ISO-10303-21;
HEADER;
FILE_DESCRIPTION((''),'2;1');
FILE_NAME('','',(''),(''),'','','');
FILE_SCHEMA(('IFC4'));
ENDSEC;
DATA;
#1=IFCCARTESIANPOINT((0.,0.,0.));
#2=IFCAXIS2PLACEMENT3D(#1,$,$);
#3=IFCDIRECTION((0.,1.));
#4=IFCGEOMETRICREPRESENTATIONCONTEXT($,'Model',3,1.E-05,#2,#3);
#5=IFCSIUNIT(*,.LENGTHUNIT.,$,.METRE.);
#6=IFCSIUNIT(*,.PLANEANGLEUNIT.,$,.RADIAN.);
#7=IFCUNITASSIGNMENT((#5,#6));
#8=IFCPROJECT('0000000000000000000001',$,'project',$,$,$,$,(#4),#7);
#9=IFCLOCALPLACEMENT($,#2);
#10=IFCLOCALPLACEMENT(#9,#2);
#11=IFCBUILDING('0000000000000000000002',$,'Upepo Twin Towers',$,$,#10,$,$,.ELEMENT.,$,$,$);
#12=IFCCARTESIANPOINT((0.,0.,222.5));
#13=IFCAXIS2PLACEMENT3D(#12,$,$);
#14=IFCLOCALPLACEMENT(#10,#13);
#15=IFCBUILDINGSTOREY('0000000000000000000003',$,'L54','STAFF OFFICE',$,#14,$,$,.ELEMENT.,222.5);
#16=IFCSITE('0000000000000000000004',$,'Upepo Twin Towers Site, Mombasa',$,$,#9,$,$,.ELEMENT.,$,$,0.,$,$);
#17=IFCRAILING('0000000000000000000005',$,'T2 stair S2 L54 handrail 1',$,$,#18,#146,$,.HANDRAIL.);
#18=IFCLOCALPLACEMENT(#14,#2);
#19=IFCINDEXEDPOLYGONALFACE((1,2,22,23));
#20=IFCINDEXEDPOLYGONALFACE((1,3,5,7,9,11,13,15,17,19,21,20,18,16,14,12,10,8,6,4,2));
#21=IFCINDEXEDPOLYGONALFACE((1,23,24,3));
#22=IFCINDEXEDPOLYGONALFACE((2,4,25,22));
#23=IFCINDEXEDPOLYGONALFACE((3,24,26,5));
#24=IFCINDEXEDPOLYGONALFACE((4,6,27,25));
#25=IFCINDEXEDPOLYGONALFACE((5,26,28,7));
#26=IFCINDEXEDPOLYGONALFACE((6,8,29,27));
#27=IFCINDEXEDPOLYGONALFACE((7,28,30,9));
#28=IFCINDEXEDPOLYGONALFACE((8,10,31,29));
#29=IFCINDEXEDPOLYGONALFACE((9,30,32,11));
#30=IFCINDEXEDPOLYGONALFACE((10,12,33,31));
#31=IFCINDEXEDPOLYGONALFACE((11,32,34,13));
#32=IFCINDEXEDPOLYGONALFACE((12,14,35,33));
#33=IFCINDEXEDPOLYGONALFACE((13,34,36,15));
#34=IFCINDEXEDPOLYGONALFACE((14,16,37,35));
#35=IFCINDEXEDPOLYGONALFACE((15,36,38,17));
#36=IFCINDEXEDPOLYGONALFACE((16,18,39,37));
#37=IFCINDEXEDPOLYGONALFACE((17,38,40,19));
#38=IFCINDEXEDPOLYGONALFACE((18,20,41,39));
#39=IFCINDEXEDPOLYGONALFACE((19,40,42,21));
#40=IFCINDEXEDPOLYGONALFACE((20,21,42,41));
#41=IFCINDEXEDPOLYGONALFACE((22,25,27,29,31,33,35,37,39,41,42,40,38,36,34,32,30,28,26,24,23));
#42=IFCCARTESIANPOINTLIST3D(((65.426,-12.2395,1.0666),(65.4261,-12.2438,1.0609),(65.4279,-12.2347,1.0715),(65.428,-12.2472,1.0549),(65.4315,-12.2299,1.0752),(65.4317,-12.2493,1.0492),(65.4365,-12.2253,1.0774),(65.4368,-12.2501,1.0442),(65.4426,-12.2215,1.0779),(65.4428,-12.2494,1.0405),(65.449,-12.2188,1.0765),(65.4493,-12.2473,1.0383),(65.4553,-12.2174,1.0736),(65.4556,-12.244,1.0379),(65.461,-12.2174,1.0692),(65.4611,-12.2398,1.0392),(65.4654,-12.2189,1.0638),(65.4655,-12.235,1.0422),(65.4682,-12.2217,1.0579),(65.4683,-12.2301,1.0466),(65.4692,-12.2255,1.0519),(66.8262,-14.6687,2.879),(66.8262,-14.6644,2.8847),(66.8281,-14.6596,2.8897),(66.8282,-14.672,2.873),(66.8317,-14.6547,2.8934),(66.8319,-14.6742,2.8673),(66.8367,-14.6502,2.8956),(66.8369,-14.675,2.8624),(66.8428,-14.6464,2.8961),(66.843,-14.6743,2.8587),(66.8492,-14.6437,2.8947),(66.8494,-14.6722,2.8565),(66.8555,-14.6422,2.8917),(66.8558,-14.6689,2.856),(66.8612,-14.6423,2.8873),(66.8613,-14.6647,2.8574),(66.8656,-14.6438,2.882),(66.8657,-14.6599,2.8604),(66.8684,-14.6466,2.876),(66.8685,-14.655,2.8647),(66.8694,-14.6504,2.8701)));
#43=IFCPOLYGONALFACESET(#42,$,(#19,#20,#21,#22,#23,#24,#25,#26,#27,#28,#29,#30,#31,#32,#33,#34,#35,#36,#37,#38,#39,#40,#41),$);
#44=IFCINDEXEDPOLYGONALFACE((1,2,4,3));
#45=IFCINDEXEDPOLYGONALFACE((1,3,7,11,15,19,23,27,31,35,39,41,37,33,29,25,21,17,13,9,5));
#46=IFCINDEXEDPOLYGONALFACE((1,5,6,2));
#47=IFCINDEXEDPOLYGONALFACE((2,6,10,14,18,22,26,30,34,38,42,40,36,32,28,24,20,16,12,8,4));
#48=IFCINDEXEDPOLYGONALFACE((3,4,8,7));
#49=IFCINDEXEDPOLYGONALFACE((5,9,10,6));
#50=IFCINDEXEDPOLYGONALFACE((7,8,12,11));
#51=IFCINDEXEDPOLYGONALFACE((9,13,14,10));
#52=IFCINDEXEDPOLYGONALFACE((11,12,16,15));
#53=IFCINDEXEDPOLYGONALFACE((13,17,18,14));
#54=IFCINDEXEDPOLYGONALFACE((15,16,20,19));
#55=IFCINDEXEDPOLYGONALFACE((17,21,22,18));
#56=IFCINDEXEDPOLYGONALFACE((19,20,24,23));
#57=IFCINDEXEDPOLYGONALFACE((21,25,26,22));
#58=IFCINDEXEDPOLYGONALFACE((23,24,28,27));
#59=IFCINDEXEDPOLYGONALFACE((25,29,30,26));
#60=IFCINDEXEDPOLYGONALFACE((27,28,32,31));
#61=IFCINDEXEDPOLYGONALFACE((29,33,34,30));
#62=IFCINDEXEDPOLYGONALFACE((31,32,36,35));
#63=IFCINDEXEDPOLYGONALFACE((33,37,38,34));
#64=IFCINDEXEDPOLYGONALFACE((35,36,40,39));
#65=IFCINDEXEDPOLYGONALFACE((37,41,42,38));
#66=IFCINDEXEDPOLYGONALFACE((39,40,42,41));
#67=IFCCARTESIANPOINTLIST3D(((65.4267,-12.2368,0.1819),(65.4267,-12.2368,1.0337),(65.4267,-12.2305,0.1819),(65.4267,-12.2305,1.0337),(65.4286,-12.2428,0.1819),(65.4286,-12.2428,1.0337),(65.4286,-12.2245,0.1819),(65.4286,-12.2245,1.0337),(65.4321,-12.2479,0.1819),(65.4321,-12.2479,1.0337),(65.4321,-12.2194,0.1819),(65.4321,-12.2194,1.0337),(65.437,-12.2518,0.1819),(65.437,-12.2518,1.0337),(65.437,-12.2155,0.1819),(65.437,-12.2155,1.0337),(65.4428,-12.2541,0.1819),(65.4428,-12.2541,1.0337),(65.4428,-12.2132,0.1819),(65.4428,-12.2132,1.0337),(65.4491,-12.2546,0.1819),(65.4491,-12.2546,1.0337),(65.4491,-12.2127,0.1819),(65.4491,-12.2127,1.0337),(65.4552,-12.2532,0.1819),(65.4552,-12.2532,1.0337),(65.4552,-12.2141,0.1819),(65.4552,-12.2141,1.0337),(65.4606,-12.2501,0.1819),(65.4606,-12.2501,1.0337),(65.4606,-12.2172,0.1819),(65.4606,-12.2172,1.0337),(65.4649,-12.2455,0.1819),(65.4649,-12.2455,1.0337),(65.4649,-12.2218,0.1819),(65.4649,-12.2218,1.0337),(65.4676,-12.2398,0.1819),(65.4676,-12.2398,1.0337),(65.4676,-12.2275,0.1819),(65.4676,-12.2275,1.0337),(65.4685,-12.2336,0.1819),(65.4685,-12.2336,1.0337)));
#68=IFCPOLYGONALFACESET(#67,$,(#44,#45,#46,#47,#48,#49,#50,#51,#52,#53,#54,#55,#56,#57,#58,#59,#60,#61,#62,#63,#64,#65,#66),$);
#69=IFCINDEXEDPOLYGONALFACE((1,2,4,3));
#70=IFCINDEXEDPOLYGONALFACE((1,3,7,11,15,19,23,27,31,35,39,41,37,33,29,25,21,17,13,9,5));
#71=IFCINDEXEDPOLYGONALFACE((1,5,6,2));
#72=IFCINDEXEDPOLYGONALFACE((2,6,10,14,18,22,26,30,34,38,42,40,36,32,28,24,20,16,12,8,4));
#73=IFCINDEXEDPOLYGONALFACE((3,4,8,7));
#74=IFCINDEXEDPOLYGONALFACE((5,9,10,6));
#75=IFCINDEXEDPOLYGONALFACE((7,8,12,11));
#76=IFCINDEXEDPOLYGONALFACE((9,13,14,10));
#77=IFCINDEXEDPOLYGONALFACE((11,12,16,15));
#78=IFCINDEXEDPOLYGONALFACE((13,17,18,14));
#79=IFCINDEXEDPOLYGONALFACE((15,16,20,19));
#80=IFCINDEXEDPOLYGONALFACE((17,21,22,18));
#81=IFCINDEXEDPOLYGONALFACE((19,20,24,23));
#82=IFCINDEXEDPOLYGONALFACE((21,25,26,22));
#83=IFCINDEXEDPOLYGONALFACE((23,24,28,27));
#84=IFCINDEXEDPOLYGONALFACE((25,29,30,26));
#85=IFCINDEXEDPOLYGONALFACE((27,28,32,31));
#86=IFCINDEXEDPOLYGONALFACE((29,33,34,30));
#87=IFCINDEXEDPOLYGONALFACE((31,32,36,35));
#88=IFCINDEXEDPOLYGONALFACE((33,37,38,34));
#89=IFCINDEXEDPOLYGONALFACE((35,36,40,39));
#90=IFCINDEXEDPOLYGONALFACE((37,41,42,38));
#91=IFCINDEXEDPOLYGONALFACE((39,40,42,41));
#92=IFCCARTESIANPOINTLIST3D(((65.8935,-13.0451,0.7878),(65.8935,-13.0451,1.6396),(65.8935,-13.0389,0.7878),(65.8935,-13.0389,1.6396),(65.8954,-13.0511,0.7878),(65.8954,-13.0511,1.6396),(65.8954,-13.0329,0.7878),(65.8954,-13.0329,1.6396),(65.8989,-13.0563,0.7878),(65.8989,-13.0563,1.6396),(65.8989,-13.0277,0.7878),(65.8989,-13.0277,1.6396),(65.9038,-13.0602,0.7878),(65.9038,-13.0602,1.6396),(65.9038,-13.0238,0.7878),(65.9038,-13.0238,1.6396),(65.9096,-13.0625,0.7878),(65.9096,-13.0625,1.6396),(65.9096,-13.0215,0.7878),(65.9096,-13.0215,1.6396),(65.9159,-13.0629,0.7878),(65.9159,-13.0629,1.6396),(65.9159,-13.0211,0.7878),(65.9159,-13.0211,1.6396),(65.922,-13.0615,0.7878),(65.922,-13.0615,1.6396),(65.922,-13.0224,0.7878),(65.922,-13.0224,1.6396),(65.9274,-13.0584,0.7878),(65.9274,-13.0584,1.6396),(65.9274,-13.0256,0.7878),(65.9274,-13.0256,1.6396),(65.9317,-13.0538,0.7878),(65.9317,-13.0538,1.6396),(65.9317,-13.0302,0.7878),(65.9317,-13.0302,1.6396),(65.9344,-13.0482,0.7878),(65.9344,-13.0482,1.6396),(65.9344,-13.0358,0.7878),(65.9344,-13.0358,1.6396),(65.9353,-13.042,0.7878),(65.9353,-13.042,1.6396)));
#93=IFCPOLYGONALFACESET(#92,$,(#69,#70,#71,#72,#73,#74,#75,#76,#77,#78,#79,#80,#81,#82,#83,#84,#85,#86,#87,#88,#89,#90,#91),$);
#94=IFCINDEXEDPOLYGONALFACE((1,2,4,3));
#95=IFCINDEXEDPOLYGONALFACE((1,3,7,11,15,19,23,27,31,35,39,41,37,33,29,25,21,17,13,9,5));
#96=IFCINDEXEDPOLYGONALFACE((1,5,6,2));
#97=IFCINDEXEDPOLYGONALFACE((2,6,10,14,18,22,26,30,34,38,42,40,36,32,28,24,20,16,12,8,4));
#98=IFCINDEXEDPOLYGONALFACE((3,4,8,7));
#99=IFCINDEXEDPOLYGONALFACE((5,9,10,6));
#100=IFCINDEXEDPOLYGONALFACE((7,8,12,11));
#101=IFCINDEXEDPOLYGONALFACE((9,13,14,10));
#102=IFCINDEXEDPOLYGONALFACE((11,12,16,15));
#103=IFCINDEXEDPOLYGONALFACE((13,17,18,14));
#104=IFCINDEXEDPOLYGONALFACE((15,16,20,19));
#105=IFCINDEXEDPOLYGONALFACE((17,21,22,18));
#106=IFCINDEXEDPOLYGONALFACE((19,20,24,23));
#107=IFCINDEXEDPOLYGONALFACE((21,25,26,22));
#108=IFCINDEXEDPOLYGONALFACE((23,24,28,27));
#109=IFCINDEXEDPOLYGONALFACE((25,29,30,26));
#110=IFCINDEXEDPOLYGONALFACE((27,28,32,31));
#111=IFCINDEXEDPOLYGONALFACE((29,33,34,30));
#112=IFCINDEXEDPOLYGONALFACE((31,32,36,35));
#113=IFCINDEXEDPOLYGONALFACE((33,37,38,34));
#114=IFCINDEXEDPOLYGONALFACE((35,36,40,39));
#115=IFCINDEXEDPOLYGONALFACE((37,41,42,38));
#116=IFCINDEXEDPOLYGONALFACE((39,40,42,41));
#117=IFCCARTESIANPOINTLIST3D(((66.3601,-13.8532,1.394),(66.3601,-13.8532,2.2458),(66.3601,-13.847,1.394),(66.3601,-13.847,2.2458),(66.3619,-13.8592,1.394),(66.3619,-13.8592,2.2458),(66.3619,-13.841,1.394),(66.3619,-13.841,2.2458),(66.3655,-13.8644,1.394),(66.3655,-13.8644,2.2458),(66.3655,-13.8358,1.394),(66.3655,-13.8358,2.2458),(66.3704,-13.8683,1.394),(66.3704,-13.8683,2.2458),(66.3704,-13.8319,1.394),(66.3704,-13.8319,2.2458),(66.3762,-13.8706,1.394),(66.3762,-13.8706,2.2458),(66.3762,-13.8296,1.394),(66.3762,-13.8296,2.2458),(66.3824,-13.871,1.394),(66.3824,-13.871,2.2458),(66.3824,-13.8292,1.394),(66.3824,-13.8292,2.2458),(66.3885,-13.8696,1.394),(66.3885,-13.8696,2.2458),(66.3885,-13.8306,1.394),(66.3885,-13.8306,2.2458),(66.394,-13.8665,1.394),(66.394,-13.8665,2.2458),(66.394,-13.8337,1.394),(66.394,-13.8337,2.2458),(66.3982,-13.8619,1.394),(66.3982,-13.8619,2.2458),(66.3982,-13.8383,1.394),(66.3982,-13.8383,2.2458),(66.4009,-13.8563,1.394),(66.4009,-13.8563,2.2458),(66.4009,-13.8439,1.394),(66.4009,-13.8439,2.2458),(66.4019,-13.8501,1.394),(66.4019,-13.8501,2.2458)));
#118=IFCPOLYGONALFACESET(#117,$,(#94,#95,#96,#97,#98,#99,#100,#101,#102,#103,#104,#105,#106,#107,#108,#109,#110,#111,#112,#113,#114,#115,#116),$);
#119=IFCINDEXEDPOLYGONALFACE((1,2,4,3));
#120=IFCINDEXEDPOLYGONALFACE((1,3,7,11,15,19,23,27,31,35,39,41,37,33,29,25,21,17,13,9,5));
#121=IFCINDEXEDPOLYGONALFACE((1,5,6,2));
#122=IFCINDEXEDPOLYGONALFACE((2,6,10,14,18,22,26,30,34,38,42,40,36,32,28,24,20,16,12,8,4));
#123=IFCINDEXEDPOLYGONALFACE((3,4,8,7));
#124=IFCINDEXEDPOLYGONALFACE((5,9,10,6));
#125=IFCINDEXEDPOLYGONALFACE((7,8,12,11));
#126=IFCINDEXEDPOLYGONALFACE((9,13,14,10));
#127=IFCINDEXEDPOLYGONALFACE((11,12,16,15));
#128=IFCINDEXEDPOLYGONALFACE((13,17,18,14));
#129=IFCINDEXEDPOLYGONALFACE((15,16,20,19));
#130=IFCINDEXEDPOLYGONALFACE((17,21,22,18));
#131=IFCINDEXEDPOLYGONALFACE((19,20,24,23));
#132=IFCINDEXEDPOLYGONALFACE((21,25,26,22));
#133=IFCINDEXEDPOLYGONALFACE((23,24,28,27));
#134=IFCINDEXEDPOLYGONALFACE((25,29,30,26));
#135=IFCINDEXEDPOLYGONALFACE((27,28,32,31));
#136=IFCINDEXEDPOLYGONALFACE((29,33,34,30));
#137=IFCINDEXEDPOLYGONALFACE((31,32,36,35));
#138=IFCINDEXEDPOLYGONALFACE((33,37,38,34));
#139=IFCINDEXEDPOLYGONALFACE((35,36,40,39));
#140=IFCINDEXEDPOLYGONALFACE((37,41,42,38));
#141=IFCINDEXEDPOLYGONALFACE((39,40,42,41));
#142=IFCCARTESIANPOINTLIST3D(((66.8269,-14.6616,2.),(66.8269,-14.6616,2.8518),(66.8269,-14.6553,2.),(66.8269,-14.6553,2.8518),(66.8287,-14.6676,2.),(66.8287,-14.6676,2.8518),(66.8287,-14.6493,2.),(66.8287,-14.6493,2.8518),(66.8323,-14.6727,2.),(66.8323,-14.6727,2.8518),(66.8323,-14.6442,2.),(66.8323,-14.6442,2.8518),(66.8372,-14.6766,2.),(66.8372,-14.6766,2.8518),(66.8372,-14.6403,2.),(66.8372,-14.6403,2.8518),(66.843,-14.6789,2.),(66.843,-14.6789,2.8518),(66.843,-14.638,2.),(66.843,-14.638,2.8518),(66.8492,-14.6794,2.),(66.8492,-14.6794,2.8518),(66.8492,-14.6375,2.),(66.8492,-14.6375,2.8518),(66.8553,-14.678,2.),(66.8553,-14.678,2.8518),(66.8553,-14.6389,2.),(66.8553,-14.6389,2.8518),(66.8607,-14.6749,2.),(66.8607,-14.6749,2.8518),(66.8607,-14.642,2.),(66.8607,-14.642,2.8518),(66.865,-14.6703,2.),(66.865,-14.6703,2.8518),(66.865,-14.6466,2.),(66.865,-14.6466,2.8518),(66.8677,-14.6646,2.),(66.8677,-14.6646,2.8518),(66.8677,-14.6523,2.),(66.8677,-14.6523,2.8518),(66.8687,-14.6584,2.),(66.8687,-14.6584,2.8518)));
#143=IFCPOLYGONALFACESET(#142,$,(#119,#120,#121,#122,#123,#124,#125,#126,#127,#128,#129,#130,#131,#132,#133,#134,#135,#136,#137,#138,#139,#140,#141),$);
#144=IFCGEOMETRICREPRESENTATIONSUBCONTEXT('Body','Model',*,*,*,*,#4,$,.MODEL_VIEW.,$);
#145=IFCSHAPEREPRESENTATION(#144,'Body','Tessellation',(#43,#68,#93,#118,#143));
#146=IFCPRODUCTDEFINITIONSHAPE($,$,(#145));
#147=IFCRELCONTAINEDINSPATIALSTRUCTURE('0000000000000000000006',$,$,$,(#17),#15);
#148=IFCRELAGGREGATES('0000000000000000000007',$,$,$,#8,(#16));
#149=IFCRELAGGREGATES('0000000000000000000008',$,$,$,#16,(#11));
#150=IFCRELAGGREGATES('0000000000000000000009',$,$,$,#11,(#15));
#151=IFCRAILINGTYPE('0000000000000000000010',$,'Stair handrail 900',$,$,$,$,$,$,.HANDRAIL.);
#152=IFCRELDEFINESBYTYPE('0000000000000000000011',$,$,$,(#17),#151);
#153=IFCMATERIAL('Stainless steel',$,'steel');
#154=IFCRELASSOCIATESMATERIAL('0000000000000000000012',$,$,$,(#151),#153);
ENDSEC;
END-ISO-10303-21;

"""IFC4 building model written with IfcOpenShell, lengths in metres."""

from ifc_helpers import new_model, si_unit, direction, frame, origin, origin_2d, place, context, subcontext, project, spatial, circle, extrude, material, type_object, element, save


model = new_model("IFC4")

# Units and contexts
model_context = context("Model", 3, precision=1e-05, world=origin(), true_north=direction((0.0, 1.0)))
body_context = subcontext(model_context, "Body", "Model", "MODEL_VIEW")
ifc_project = project(units=[si_unit("LENGTHUNIT", "METRE"), si_unit("PLANEANGLEUNIT", "RADIAN")], contexts=[model_context])

# Site, building, storey
site_placement = place(None, origin())
site = spatial("IfcSite", under=ifc_project, at=site_placement, Name="Upepo Twin Towers Site, Mombasa", CompositionType="ELEMENT", RefElevation=0.0)
building_placement = place(site_placement, origin())
building = spatial("IfcBuilding", under=site, at=building_placement, Name="Upepo Twin Towers", CompositionType="ELEMENT")
storey_placement = place(building_placement, frame((0.0, 0.0, 222.5)))
storey = spatial("IfcBuildingStorey", under=building, at=storey_placement, Name="L54", Description="STAFF OFFICE", CompositionType="ELEMENT", Elevation=222.5)

# Railing
ifc_material_1 = material(Name="Stainless steel", Category="steel")
railing_type = type_object("IfcRailingType", Name="Stair handrail 900", PredefinedType="HANDRAIL", material=ifc_material_1)
railing_1_placement = place(storey_placement, frame((65.4475, -12.2336, 0.1819)))
element("IfcRailing", 1, at=railing_1_placement, inside=storey, type_object=railing_type, Name="T2 stair S2 L54 handrail 1", PredefinedType="HANDRAIL", context=body_context, shape_type="SweptSolid", body=[
    extrude(circle(Radius=0.0239, at=origin_2d()), frame((0.0, 0.0, 0.876), z_axis=(0.419393, -0.726314, 0.544589), x_axis=(0.865997, 0.50005, 0.0)), (0.0, 0.0, 1.0), 3.3386),
    extrude(circle(Radius=0.021, at=origin_2d()), origin(), (0.0, 0.0, 1.0), 0.8518),
    extrude(circle(Radius=0.021, at=origin_2d()), frame((0.4668, -0.8083, 0.606)), (0.0, 0.0, 1.0), 0.8518),
    extrude(circle(Radius=0.021, at=origin_2d()), frame((0.9333, -1.6165, 1.2122)), (0.0, 0.0, 1.0), 0.8518),
    extrude(circle(Radius=0.021, at=origin_2d()), frame((1.4001, -2.4248, 1.8181)), (0.0, 0.0, 1.0), 0.8518),
])

save(model, "model.ifc")
